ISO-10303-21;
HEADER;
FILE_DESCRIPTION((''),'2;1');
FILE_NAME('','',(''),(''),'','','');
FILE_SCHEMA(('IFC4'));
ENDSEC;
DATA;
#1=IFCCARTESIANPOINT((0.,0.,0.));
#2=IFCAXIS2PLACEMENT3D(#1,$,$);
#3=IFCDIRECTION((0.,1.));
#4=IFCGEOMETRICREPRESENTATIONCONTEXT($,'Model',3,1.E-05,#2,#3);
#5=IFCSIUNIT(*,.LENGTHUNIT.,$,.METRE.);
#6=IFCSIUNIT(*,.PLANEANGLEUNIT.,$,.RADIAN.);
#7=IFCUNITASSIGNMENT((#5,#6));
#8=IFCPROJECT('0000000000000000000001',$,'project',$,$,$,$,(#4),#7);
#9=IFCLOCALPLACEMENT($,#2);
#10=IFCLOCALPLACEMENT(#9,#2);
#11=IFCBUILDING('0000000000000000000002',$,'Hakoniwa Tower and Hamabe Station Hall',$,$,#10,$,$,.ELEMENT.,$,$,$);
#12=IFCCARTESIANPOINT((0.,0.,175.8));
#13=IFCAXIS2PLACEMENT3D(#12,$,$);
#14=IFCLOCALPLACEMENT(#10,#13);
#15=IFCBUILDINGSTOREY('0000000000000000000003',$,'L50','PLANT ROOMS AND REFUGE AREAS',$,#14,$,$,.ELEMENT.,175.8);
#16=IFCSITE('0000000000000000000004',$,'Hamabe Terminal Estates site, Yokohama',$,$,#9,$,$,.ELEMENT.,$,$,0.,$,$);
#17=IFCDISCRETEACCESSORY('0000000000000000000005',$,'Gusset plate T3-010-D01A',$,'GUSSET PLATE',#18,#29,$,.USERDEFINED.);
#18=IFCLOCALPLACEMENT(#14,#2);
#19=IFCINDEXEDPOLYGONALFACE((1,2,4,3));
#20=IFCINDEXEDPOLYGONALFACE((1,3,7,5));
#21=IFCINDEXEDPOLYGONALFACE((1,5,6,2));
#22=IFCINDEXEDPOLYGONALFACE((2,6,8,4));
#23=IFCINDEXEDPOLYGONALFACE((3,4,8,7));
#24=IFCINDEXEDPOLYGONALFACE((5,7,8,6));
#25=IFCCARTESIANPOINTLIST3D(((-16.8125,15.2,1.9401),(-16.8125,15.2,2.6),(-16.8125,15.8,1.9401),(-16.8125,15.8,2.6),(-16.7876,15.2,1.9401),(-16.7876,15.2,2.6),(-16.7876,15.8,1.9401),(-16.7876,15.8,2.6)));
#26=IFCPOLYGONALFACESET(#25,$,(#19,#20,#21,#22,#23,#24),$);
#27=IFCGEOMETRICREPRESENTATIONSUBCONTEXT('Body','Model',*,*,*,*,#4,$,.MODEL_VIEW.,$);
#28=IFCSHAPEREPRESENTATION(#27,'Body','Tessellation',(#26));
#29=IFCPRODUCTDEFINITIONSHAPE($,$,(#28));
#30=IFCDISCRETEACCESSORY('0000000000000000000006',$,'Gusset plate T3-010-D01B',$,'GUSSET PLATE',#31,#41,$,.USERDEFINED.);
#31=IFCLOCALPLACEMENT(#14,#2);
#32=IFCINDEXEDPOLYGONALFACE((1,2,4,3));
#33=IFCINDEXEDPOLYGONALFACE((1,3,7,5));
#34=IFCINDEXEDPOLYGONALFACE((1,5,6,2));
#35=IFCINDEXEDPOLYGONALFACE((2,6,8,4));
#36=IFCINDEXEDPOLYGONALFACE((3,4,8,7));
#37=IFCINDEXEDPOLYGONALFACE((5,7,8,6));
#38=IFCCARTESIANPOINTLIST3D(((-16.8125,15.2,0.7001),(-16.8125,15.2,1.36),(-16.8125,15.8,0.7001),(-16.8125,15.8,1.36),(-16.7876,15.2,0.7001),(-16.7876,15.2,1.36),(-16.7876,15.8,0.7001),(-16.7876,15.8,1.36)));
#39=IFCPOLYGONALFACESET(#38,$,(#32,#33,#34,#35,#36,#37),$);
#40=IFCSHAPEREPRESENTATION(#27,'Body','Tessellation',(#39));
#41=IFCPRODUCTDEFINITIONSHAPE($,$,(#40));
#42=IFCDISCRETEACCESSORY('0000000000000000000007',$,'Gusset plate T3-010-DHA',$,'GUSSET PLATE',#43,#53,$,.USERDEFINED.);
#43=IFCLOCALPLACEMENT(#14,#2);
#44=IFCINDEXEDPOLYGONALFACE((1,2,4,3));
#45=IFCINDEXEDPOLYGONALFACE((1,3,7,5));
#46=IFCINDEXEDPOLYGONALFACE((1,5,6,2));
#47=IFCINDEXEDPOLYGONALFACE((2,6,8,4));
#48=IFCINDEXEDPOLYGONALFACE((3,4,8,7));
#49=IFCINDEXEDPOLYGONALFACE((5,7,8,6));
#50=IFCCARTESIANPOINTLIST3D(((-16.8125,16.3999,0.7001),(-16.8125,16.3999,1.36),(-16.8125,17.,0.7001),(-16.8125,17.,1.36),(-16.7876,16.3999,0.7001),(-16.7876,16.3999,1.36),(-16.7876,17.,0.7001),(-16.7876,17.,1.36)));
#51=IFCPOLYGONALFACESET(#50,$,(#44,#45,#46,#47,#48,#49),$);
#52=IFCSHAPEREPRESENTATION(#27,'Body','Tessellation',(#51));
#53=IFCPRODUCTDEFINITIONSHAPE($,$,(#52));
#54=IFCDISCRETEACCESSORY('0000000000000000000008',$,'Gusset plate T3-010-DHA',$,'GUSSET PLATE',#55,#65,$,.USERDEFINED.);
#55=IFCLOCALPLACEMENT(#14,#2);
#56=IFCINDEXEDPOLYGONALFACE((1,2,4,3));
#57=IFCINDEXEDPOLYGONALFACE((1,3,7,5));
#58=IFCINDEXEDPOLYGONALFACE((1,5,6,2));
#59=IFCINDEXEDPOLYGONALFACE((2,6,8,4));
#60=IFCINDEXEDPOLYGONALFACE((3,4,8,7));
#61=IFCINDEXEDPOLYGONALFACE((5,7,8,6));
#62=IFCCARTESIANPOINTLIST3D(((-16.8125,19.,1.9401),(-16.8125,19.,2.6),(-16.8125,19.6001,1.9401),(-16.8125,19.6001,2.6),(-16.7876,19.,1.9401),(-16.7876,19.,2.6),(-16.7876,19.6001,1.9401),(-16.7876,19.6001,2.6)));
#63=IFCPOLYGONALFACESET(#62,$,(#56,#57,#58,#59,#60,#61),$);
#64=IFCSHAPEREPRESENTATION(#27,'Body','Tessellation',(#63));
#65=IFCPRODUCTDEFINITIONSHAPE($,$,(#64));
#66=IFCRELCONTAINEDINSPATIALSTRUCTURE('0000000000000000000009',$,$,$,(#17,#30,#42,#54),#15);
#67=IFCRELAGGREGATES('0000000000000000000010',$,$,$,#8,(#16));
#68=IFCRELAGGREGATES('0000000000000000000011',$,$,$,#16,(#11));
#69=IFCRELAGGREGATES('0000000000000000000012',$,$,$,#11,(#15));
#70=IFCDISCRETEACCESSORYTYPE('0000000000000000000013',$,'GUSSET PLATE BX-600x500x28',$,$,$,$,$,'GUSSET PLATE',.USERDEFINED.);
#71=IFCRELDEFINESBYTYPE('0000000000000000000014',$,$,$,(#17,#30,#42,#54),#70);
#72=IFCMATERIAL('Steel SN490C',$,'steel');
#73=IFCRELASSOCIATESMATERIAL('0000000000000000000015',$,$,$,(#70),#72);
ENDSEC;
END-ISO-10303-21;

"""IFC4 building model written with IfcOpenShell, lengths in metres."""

from ifc_helpers import new_model, si_unit, direction, frame, origin, origin_2d, place, context, subcontext, project, spatial, rectangle, extrude, material, material_profile, profile_set, type_object, element, save


model = new_model("IFC4")

# Units and contexts
model_context = context("Model", 3, precision=1e-05, world=origin(), true_north=direction((0.0, 1.0)))
body_context = subcontext(model_context, "Body", "Model", "MODEL_VIEW")
ifc_project = project(units=[si_unit("LENGTHUNIT", "METRE"), si_unit("PLANEANGLEUNIT", "RADIAN")], contexts=[model_context])

# Site, building, storey
site_placement = place(None, origin())
site = spatial("IfcSite", under=ifc_project, at=site_placement, Name="Hamabe Terminal Estates site, Yokohama", CompositionType="ELEMENT", RefElevation=0.0)
building_placement = place(site_placement, origin())
building = spatial("IfcBuilding", under=site, at=building_placement, Name="Hakoniwa Tower and Hamabe Station Hall", CompositionType="ELEMENT")
storey_placement = place(building_placement, frame((0.0, 0.0, 175.8)))
storey = spatial("IfcBuildingStorey", under=building, at=storey_placement, Name="L50", Description="PLANT ROOMS AND REFUGE AREAS", CompositionType="ELEMENT", Elevation=175.8)

# Discrete accessories
ifc_material_1 = material(Name="Steel SN490C", Category="steel")
ifc_material_profile_1 = material_profile(ifc_material_1, rectangle(XDim=0.6001, YDim=0.6599, at=origin_2d()), Name="GUSSET PLATE BX-600x500x28")
ifc_profile_set_1 = profile_set([ifc_material_profile_1], Name="Steel SN490C")
discrete_accessory_type = type_object("IfcDiscreteAccessoryType", Name="GUSSET PLATE BX-600x500x28", ElementType="GUSSET PLATE", PredefinedType="USERDEFINED", material=ifc_profile_set_1)
for number, where, z_axis, x_axis, name in (
    (1, (-16.7876, 15.5, 2.27), (-1.0, 0.0, 0.0), (0.0, -1.0, 0.0), "Gusset plate T3-010-D01A"),
    (2, (-16.7876, 15.5, 1.03), (-1.0, 0.0, 0.0), (0.0, -1.0, 0.0), "Gusset plate T3-010-D01B"),
    (3, (-16.7876, 16.7, 1.03), (-1.0, 0.0, 0.0), (0.0, -1.0, 0.0), "Gusset plate T3-010-DHA"),
    (4, (-16.7876, 19.3, 2.27), (-1.0, 0.0, 0.0), (0.0, -1.0, 0.0), "Gusset plate T3-010-DHA"),
):
    element("IfcDiscreteAccessory", number, at=place(storey_placement, frame(where, z_axis=z_axis, x_axis=x_axis)), inside=storey, type_object=discrete_accessory_type, Name=name, ObjectType="GUSSET PLATE", PredefinedType="USERDEFINED", context=body_context, shape_type="SweptSolid", body=[
        extrude(rectangle(XDim=0.6001, YDim=0.6599, at=origin_2d()), origin(), (0.0, 0.0, 1.0), 0.0249),
    ])

save(model, "model.ifc")
